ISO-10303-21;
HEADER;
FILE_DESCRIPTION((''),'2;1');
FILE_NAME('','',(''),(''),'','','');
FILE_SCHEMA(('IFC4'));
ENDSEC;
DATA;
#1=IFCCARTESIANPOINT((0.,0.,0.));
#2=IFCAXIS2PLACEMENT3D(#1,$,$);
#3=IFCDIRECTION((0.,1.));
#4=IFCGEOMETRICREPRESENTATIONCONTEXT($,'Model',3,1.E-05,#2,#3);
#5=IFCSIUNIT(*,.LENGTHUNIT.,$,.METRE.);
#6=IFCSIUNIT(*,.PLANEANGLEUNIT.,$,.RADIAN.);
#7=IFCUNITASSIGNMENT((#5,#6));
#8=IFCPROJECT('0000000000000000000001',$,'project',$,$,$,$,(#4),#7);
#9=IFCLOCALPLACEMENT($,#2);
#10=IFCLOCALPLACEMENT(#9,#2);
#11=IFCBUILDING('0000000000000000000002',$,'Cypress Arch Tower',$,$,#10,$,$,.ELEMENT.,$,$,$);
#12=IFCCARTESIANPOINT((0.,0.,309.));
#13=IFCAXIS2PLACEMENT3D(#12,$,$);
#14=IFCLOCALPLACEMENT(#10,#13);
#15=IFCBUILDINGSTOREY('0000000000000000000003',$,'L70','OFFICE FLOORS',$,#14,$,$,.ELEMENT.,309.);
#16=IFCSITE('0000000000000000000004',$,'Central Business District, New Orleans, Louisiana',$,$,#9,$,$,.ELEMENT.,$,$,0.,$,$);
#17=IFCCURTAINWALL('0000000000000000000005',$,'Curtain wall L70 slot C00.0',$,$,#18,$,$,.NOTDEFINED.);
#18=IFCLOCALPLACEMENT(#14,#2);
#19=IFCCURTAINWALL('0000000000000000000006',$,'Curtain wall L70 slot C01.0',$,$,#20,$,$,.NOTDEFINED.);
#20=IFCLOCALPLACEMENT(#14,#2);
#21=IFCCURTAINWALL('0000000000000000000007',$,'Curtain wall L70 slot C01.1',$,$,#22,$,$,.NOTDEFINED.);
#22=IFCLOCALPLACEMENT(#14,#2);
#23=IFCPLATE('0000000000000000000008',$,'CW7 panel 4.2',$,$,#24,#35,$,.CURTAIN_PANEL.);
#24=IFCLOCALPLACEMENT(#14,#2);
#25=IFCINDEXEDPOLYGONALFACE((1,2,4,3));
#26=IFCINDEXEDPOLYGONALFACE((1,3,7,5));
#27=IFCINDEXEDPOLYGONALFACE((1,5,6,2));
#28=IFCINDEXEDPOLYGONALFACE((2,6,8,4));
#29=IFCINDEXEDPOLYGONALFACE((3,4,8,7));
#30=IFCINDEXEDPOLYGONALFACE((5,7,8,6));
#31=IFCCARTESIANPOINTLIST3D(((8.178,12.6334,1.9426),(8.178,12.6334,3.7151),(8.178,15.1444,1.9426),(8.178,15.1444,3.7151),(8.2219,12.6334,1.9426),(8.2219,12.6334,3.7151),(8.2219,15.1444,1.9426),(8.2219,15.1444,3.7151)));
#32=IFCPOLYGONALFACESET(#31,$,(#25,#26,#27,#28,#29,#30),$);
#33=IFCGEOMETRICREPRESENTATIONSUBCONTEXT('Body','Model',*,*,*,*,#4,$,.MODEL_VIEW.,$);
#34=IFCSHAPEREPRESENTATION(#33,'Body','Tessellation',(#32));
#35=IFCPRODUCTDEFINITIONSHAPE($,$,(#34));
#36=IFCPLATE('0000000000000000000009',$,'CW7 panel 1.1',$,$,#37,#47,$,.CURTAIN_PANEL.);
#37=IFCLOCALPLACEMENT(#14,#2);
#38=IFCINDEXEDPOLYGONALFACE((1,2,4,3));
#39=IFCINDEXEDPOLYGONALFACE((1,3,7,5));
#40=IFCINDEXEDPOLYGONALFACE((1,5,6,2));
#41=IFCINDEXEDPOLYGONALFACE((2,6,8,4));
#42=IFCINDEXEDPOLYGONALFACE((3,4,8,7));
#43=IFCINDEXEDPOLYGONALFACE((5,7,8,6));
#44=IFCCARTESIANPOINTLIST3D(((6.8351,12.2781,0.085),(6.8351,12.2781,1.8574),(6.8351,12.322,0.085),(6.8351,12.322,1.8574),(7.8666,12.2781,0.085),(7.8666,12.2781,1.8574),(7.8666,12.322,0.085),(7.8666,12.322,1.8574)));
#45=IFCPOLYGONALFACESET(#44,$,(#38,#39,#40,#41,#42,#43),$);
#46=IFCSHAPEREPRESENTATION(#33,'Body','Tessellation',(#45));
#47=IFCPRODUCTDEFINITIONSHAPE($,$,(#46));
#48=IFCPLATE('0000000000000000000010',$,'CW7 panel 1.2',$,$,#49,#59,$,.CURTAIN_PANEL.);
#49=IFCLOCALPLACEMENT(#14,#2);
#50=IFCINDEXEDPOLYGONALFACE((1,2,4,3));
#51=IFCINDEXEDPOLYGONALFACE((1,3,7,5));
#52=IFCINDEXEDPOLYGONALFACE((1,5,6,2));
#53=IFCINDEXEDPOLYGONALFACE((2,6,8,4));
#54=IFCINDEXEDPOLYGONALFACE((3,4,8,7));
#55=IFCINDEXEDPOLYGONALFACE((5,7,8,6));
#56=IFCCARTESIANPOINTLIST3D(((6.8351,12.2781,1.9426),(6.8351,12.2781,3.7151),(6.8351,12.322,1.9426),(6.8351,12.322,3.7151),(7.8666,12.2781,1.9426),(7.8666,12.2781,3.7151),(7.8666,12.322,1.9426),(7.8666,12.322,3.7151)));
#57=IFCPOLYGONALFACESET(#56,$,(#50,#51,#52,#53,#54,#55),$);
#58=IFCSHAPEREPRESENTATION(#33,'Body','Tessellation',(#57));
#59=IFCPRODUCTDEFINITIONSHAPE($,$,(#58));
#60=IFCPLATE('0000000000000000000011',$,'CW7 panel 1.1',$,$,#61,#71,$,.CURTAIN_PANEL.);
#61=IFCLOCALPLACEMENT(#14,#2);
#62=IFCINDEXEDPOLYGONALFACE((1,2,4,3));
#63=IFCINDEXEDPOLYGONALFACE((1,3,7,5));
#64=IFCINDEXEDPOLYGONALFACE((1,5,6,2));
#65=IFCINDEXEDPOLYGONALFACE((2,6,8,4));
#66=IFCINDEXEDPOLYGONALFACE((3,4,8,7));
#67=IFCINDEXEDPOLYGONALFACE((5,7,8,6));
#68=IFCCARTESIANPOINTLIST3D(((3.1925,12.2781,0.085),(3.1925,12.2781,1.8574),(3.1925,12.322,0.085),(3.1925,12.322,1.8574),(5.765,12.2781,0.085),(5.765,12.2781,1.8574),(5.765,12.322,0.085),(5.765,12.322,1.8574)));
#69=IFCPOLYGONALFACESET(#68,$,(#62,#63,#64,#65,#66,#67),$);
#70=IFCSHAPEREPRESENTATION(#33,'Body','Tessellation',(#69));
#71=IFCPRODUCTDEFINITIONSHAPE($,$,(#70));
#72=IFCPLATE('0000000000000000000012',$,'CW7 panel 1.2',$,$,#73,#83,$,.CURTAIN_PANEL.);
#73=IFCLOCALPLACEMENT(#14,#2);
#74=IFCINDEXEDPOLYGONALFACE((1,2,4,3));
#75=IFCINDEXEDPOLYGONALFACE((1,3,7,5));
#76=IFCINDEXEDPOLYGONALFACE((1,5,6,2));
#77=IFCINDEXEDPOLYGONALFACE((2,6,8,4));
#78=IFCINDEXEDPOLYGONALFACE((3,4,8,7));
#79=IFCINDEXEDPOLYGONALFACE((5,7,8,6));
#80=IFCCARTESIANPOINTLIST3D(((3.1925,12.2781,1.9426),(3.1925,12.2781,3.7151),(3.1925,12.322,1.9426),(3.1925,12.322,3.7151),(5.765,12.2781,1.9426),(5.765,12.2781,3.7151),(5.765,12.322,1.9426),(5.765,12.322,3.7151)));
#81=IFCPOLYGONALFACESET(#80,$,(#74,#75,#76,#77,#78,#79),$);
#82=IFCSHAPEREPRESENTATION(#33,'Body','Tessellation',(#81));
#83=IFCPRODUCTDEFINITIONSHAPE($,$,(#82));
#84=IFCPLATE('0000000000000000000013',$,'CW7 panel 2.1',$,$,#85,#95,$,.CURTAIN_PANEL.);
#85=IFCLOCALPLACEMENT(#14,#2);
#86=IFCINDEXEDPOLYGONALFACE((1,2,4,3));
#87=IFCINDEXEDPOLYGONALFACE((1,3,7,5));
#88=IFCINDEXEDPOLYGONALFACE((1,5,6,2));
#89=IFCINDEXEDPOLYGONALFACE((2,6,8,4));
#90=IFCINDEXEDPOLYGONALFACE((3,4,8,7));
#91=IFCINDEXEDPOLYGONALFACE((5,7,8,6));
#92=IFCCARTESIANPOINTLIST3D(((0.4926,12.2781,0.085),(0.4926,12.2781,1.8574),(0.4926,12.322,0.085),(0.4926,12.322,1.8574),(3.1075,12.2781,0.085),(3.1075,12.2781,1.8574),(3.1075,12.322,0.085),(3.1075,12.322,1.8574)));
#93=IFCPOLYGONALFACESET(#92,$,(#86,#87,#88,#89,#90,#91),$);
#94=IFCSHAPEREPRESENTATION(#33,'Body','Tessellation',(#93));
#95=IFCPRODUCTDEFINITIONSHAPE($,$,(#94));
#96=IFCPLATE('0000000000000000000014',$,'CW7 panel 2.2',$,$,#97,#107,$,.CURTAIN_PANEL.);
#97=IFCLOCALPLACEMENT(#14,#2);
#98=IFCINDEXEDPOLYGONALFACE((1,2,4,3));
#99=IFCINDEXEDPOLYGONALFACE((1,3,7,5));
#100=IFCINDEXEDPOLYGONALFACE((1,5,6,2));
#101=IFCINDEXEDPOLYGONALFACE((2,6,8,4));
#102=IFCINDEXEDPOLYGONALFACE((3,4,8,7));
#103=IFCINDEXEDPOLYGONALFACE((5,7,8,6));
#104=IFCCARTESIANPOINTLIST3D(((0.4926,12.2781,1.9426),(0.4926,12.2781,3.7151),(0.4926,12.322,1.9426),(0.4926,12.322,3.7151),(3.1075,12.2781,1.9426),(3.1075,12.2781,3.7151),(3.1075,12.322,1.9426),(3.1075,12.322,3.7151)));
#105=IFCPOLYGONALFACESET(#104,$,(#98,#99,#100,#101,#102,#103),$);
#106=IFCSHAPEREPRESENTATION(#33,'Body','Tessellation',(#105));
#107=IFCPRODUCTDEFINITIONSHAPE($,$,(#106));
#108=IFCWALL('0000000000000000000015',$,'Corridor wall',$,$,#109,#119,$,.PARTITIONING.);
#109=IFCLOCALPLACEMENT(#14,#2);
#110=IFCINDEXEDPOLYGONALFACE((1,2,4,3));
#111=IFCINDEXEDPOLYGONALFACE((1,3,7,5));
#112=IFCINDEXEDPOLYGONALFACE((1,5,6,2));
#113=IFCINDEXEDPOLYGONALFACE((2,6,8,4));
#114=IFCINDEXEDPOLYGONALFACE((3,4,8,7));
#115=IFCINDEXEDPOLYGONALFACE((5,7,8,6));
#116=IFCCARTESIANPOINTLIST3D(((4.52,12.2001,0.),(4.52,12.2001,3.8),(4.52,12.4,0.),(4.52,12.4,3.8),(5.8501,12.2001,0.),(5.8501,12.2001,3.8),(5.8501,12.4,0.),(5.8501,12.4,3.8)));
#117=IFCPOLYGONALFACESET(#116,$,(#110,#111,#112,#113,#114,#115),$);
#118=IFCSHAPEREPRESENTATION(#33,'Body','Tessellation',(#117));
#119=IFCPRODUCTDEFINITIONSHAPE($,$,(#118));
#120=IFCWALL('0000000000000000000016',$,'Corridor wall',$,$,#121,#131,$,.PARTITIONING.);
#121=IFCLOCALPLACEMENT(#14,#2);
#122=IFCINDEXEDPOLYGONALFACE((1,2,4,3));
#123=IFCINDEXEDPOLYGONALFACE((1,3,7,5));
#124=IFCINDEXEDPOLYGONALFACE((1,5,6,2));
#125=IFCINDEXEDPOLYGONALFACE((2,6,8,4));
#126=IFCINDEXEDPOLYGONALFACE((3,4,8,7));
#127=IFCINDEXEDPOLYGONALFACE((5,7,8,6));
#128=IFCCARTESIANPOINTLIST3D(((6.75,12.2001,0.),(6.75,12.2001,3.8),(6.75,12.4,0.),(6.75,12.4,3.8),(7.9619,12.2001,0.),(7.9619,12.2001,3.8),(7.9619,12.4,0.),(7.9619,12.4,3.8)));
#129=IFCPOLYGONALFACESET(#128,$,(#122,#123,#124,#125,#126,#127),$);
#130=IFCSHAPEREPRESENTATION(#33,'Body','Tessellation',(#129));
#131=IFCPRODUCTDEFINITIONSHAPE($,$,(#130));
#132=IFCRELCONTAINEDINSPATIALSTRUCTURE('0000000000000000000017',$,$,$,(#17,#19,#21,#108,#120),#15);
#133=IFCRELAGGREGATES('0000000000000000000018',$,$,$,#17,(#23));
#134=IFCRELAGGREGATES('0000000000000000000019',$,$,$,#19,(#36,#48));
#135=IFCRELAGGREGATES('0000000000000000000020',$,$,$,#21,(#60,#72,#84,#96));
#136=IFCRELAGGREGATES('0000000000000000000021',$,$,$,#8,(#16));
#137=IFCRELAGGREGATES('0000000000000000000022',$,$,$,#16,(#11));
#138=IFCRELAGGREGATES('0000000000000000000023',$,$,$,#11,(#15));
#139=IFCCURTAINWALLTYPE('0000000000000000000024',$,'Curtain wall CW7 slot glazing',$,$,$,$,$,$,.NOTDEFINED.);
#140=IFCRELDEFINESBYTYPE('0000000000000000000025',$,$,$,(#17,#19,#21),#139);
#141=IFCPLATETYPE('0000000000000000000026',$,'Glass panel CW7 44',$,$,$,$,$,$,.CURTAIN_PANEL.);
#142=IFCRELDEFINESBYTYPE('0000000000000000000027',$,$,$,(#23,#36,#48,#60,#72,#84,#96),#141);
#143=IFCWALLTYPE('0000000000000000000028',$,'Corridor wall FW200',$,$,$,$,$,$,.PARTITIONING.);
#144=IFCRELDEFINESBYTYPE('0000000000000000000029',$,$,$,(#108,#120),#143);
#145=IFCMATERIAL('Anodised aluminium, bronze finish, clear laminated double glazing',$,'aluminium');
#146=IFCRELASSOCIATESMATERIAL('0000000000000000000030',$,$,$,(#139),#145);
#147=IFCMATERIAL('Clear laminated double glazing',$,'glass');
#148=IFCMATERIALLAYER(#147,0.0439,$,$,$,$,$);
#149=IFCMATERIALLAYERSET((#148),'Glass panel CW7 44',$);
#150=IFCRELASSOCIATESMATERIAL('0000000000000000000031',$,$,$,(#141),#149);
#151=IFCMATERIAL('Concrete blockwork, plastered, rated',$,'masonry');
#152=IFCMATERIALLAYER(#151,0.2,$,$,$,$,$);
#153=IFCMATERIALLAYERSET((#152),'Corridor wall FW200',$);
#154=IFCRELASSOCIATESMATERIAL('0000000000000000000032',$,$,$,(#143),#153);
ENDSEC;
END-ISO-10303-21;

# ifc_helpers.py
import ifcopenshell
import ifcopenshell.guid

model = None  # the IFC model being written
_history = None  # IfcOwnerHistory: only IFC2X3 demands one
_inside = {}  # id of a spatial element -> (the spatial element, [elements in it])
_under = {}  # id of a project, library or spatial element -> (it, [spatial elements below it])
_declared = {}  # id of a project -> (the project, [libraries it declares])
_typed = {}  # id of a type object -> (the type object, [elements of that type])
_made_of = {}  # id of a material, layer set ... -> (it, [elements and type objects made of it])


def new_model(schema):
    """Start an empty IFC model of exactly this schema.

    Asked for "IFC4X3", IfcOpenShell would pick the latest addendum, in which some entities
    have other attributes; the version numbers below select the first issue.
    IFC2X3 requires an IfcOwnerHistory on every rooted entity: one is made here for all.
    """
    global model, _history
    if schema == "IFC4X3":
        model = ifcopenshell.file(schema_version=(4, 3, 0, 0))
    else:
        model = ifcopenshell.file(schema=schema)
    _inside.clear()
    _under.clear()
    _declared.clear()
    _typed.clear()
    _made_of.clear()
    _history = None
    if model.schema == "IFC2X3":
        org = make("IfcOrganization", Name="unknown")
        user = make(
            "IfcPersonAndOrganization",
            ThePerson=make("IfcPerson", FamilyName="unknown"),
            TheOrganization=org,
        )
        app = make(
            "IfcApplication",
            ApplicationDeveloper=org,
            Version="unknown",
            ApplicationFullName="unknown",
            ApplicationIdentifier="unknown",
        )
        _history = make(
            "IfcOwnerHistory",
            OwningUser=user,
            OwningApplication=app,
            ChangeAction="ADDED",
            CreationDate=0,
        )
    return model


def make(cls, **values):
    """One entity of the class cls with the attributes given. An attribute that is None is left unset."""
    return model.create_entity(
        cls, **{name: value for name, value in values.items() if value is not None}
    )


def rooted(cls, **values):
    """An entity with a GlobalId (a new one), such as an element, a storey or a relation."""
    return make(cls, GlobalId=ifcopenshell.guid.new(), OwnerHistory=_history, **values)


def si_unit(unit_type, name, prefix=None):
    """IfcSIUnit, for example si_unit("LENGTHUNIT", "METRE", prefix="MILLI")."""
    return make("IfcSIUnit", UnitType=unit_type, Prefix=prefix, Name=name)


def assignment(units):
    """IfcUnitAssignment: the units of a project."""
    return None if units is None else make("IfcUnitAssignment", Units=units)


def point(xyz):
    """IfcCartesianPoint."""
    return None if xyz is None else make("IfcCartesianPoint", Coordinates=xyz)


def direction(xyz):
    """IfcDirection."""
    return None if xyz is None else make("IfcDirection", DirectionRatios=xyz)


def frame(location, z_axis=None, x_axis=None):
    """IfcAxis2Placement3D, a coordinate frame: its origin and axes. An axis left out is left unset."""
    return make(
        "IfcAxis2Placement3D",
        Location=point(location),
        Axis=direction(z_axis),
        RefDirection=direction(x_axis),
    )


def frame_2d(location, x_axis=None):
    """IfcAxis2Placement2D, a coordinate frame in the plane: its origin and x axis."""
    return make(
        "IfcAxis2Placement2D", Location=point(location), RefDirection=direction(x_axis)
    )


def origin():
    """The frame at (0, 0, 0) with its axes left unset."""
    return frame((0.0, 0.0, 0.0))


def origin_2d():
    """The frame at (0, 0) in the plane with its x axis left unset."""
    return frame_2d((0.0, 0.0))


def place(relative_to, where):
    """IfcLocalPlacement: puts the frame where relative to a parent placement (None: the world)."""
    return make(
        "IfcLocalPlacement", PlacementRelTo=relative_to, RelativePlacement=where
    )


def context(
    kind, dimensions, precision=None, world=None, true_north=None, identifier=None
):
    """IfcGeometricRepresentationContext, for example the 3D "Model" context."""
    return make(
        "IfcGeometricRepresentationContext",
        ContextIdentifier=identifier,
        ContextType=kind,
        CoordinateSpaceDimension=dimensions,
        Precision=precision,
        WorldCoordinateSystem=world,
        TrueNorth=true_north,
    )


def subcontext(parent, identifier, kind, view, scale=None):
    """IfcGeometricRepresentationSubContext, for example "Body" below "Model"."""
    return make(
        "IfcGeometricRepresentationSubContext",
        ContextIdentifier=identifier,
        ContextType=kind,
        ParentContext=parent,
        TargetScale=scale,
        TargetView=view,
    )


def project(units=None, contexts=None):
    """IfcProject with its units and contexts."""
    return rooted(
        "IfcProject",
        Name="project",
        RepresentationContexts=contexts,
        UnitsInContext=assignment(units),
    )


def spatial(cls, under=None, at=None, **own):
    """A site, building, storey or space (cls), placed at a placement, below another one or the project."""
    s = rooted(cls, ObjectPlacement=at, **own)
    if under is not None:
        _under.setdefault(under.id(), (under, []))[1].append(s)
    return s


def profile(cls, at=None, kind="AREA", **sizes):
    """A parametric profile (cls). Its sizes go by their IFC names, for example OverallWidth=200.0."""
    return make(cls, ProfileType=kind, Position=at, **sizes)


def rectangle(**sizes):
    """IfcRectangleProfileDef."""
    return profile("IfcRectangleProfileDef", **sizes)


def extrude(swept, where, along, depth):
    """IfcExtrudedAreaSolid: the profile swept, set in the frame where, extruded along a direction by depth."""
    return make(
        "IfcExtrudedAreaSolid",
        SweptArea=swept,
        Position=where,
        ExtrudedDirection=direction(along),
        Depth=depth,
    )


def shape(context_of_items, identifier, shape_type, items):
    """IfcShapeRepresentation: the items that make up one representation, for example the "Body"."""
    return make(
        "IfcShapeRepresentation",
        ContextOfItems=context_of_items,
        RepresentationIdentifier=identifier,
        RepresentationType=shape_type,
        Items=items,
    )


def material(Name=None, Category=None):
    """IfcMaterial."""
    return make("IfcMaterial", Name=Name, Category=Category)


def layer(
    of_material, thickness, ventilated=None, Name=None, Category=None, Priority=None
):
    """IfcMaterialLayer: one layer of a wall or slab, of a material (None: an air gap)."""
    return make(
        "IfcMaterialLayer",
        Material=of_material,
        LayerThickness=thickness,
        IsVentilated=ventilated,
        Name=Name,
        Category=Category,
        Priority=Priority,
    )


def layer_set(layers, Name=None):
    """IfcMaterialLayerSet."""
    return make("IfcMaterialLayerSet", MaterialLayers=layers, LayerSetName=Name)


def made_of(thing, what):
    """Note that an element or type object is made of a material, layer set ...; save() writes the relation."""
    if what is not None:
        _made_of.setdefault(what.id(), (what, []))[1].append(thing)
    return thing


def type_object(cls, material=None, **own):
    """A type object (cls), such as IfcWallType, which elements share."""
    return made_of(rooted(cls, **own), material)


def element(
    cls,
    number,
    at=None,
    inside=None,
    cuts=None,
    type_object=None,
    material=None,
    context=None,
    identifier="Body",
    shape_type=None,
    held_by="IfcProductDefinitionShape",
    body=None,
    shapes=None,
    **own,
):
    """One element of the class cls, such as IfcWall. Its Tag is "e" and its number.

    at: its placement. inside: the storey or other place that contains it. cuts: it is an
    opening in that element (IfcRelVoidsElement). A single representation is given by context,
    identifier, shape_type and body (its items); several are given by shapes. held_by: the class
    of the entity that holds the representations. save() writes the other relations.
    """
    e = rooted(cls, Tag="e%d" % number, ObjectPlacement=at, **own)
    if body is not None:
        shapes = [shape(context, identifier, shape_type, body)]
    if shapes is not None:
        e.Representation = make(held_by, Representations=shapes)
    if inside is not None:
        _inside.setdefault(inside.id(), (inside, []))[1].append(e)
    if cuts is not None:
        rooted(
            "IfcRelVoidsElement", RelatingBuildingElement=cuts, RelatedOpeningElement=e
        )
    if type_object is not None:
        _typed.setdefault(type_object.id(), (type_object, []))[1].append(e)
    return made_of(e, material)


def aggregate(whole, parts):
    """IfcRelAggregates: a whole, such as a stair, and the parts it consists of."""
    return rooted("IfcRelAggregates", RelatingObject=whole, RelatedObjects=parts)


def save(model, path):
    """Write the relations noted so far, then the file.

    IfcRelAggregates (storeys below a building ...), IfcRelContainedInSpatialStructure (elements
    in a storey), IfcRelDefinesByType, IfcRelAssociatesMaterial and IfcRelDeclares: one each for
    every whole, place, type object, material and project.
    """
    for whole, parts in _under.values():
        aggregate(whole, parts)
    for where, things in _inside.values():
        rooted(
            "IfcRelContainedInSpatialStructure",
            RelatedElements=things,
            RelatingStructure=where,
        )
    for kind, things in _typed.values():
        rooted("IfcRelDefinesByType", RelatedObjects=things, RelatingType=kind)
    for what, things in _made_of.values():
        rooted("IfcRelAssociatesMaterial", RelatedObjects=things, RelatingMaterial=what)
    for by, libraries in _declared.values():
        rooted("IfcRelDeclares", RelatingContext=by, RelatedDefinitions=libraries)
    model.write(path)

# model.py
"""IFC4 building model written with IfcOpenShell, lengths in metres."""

from ifc_helpers import new_model, si_unit, direction, frame, frame_2d, origin, origin_2d, place, context, subcontext, project, spatial, rectangle, extrude, material, layer, layer_set, type_object, element, aggregate, save


model = new_model("IFC4")

# Units and contexts
model_context = context("Model", 3, precision=1e-05, world=origin(), true_north=direction((0.0, 1.0)))
body_context = subcontext(model_context, "Body", "Model", "MODEL_VIEW")
ifc_project = project(units=[si_unit("LENGTHUNIT", "METRE"), si_unit("PLANEANGLEUNIT", "RADIAN")], contexts=[model_context])

# Site, building, storey
site_placement = place(None, origin())
site = spatial("IfcSite", under=ifc_project, at=site_placement, Name="Central Business District, New Orleans, Louisiana", CompositionType="ELEMENT", RefElevation=0.0)
building_placement = place(site_placement, origin())
building = spatial("IfcBuilding", under=site, at=building_placement, Name="Cypress Arch Tower", CompositionType="ELEMENT")
storey_placement = place(building_placement, frame((0.0, 0.0, 309.0)))
storey = spatial("IfcBuildingStorey", under=building, at=storey_placement, Name="L70", Description="OFFICE FLOORS", CompositionType="ELEMENT", Elevation=309.0)

# Curtain wall
ifc_material_1 = material(Name="Anodised aluminium, bronze finish, clear laminated double glazing", Category="aluminium")
curtain_wall_type = type_object("IfcCurtainWallType", Name="Curtain wall CW7 slot glazing", PredefinedType="NOTDEFINED", material=ifc_material_1)
curtain_wall_1_placement = place(storey_placement, origin())
curtain_wall_1 = element("IfcCurtainWall", 1, at=curtain_wall_1_placement, inside=storey, type_object=curtain_wall_type, Name="Curtain wall L70 slot C00.0", PredefinedType="NOTDEFINED")

# Curtain walls
curtain_wall_2_placement = place(storey_placement, origin())
curtain_wall_2 = element("IfcCurtainWall", 2, at=curtain_wall_2_placement, inside=storey, type_object=curtain_wall_type, Name="Curtain wall L70 slot C01.0", PredefinedType="NOTDEFINED")
curtain_wall_3_placement = place(storey_placement, origin())
curtain_wall_3 = element("IfcCurtainWall", 3, at=curtain_wall_3_placement, inside=storey, type_object=curtain_wall_type, Name="Curtain wall L70 slot C01.1", PredefinedType="NOTDEFINED")

# Plates
ifc_material_2 = material(Name="Clear laminated double glazing", Category="glass")
ifc_layer_1 = layer(ifc_material_2, 0.0439)
ifc_layer_set_1 = layer_set([ifc_layer_1], Name="Glass panel CW7 44")
plate_type = type_object("IfcPlateType", Name="Glass panel CW7 44", PredefinedType="CURTAIN_PANEL", material=ifc_layer_set_1)
plate_1_placement = place(storey_placement, frame((8.2, 13.8889, 1.9426), z_axis=(0.0, 0.0, 1.0), x_axis=(0.0, -1.0, 0.0)))
plate_1 = element("IfcPlate", 4, at=plate_1_placement, type_object=plate_type, Name="CW7 panel 4.2", PredefinedType="CURTAIN_PANEL", context=body_context, shape_type="SweptSolid", body=[
    extrude(rectangle(XDim=2.511, YDim=0.0439, at=origin_2d()), origin(), (0.0, 0.0, 1.0), 1.7725),
])
aggregate(curtain_wall_1, [plate_1])
plate_2_placement = place(storey_placement, frame((7.3508, 12.3, 0.085), z_axis=(0.0, 0.0, 1.0), x_axis=(-1.0, 0.0, 0.0)))
plate_2 = element("IfcPlate", 5, at=plate_2_placement, type_object=plate_type, Name="CW7 panel 1.1", PredefinedType="CURTAIN_PANEL", context=body_context, shape_type="SweptSolid", body=[
    extrude(rectangle(XDim=1.0315, YDim=0.0439, at=origin_2d()), origin(), (0.0, 0.0, 1.0), 1.7725),
])
plate_3_placement = place(storey_placement, frame((7.3508, 12.3, 1.9426), z_axis=(0.0, 0.0, 1.0), x_axis=(-1.0, 0.0, 0.0)))
plate_3 = element("IfcPlate", 6, at=plate_3_placement, type_object=plate_type, Name="CW7 panel 1.2", PredefinedType="CURTAIN_PANEL", context=body_context, shape_type="SweptSolid", body=[
    extrude(rectangle(XDim=1.0315, YDim=0.0439, at=origin_2d()), origin(), (0.0, 0.0, 1.0), 1.7725),
])
aggregate(curtain_wall_2, [plate_2, plate_3])
plate_4_placement = place(storey_placement, frame((4.4788, 12.3, 0.085), z_axis=(0.0, 0.0, 1.0), x_axis=(-1.0, 0.0, 0.0)))
plate_4 = element("IfcPlate", 7, at=plate_4_placement, type_object=plate_type, Name="CW7 panel 1.1", PredefinedType="CURTAIN_PANEL", context=body_context, shape_type="SweptSolid", body=[
    extrude(rectangle(XDim=2.5725, YDim=0.0439, at=origin_2d()), origin(), (0.0, 0.0, 1.0), 1.7725),
])
plate_5_placement = place(storey_placement, frame((4.4788, 12.3, 1.9426), z_axis=(0.0, 0.0, 1.0), x_axis=(-1.0, 0.0, 0.0)))
plate_5 = element("IfcPlate", 8, at=plate_5_placement, type_object=plate_type, Name="CW7 panel 1.2", PredefinedType="CURTAIN_PANEL", context=body_context, shape_type="SweptSolid", body=[
    extrude(rectangle(XDim=2.5725, YDim=0.0439, at=origin_2d()), origin(), (0.0, 0.0, 1.0), 1.7725),
])
plate_6_placement = place(storey_placement, frame((1.8, 12.3, 0.085), z_axis=(0.0, 0.0, 1.0), x_axis=(-1.0, 0.0, 0.0)))
plate_6 = element("IfcPlate", 9, at=plate_6_placement, type_object=plate_type, Name="CW7 panel 2.1", PredefinedType="CURTAIN_PANEL", context=body_context, shape_type="SweptSolid", body=[
    extrude(rectangle(XDim=2.615, YDim=0.0439, at=origin_2d()), origin(), (0.0, 0.0, 1.0), 1.7725),
])
plate_7_placement = place(storey_placement, frame((1.8, 12.3, 1.9426), z_axis=(0.0, 0.0, 1.0), x_axis=(-1.0, 0.0, 0.0)))
plate_7 = element("IfcPlate", 10, at=plate_7_placement, type_object=plate_type, Name="CW7 panel 2.2", PredefinedType="CURTAIN_PANEL", context=body_context, shape_type="SweptSolid", body=[
    extrude(rectangle(XDim=2.615, YDim=0.0439, at=origin_2d()), origin(), (0.0, 0.0, 1.0), 1.7725),
])
aggregate(curtain_wall_3, [plate_4, plate_5, plate_6, plate_7])

# Walls
ifc_material_3 = material(Name="Concrete blockwork, plastered, rated", Category="masonry")
ifc_layer_2 = layer(ifc_material_3, 0.2)
ifc_layer_set_2 = layer_set([ifc_layer_2], Name="Corridor wall FW200")
wall_type = type_object("IfcWallType", Name="Corridor wall FW200", PredefinedType="PARTITIONING", material=ifc_layer_set_2)
wall_1_placement = place(storey_placement, frame((4.52, 12.3, 0.0), z_axis=(0.0, 0.0, 1.0), x_axis=(1.0, 0.0, 0.0)))
element("IfcWall", 11, at=wall_1_placement, inside=storey, type_object=wall_type, Name="Corridor wall", PredefinedType="PARTITIONING", context=body_context, shape_type="SweptSolid", body=[
    extrude(rectangle(XDim=1.3301, YDim=0.2, at=frame_2d((0.665, 0.0))), origin(), (0.0, 0.0, 1.0), 3.8),
])
wall_2_placement = place(storey_placement, frame((6.75, 12.3, 0.0), z_axis=(0.0, 0.0, 1.0), x_axis=(1.0, 0.0, 0.0)))
element("IfcWall", 12, at=wall_2_placement, inside=storey, type_object=wall_type, Name="Corridor wall", PredefinedType="PARTITIONING", context=body_context, shape_type="SweptSolid", body=[
    extrude(rectangle(XDim=1.2119, YDim=0.2, at=frame_2d((0.606, 0.0))), origin(), (0.0, 0.0, 1.0), 3.8),
])

save(model, "model.ifc")
